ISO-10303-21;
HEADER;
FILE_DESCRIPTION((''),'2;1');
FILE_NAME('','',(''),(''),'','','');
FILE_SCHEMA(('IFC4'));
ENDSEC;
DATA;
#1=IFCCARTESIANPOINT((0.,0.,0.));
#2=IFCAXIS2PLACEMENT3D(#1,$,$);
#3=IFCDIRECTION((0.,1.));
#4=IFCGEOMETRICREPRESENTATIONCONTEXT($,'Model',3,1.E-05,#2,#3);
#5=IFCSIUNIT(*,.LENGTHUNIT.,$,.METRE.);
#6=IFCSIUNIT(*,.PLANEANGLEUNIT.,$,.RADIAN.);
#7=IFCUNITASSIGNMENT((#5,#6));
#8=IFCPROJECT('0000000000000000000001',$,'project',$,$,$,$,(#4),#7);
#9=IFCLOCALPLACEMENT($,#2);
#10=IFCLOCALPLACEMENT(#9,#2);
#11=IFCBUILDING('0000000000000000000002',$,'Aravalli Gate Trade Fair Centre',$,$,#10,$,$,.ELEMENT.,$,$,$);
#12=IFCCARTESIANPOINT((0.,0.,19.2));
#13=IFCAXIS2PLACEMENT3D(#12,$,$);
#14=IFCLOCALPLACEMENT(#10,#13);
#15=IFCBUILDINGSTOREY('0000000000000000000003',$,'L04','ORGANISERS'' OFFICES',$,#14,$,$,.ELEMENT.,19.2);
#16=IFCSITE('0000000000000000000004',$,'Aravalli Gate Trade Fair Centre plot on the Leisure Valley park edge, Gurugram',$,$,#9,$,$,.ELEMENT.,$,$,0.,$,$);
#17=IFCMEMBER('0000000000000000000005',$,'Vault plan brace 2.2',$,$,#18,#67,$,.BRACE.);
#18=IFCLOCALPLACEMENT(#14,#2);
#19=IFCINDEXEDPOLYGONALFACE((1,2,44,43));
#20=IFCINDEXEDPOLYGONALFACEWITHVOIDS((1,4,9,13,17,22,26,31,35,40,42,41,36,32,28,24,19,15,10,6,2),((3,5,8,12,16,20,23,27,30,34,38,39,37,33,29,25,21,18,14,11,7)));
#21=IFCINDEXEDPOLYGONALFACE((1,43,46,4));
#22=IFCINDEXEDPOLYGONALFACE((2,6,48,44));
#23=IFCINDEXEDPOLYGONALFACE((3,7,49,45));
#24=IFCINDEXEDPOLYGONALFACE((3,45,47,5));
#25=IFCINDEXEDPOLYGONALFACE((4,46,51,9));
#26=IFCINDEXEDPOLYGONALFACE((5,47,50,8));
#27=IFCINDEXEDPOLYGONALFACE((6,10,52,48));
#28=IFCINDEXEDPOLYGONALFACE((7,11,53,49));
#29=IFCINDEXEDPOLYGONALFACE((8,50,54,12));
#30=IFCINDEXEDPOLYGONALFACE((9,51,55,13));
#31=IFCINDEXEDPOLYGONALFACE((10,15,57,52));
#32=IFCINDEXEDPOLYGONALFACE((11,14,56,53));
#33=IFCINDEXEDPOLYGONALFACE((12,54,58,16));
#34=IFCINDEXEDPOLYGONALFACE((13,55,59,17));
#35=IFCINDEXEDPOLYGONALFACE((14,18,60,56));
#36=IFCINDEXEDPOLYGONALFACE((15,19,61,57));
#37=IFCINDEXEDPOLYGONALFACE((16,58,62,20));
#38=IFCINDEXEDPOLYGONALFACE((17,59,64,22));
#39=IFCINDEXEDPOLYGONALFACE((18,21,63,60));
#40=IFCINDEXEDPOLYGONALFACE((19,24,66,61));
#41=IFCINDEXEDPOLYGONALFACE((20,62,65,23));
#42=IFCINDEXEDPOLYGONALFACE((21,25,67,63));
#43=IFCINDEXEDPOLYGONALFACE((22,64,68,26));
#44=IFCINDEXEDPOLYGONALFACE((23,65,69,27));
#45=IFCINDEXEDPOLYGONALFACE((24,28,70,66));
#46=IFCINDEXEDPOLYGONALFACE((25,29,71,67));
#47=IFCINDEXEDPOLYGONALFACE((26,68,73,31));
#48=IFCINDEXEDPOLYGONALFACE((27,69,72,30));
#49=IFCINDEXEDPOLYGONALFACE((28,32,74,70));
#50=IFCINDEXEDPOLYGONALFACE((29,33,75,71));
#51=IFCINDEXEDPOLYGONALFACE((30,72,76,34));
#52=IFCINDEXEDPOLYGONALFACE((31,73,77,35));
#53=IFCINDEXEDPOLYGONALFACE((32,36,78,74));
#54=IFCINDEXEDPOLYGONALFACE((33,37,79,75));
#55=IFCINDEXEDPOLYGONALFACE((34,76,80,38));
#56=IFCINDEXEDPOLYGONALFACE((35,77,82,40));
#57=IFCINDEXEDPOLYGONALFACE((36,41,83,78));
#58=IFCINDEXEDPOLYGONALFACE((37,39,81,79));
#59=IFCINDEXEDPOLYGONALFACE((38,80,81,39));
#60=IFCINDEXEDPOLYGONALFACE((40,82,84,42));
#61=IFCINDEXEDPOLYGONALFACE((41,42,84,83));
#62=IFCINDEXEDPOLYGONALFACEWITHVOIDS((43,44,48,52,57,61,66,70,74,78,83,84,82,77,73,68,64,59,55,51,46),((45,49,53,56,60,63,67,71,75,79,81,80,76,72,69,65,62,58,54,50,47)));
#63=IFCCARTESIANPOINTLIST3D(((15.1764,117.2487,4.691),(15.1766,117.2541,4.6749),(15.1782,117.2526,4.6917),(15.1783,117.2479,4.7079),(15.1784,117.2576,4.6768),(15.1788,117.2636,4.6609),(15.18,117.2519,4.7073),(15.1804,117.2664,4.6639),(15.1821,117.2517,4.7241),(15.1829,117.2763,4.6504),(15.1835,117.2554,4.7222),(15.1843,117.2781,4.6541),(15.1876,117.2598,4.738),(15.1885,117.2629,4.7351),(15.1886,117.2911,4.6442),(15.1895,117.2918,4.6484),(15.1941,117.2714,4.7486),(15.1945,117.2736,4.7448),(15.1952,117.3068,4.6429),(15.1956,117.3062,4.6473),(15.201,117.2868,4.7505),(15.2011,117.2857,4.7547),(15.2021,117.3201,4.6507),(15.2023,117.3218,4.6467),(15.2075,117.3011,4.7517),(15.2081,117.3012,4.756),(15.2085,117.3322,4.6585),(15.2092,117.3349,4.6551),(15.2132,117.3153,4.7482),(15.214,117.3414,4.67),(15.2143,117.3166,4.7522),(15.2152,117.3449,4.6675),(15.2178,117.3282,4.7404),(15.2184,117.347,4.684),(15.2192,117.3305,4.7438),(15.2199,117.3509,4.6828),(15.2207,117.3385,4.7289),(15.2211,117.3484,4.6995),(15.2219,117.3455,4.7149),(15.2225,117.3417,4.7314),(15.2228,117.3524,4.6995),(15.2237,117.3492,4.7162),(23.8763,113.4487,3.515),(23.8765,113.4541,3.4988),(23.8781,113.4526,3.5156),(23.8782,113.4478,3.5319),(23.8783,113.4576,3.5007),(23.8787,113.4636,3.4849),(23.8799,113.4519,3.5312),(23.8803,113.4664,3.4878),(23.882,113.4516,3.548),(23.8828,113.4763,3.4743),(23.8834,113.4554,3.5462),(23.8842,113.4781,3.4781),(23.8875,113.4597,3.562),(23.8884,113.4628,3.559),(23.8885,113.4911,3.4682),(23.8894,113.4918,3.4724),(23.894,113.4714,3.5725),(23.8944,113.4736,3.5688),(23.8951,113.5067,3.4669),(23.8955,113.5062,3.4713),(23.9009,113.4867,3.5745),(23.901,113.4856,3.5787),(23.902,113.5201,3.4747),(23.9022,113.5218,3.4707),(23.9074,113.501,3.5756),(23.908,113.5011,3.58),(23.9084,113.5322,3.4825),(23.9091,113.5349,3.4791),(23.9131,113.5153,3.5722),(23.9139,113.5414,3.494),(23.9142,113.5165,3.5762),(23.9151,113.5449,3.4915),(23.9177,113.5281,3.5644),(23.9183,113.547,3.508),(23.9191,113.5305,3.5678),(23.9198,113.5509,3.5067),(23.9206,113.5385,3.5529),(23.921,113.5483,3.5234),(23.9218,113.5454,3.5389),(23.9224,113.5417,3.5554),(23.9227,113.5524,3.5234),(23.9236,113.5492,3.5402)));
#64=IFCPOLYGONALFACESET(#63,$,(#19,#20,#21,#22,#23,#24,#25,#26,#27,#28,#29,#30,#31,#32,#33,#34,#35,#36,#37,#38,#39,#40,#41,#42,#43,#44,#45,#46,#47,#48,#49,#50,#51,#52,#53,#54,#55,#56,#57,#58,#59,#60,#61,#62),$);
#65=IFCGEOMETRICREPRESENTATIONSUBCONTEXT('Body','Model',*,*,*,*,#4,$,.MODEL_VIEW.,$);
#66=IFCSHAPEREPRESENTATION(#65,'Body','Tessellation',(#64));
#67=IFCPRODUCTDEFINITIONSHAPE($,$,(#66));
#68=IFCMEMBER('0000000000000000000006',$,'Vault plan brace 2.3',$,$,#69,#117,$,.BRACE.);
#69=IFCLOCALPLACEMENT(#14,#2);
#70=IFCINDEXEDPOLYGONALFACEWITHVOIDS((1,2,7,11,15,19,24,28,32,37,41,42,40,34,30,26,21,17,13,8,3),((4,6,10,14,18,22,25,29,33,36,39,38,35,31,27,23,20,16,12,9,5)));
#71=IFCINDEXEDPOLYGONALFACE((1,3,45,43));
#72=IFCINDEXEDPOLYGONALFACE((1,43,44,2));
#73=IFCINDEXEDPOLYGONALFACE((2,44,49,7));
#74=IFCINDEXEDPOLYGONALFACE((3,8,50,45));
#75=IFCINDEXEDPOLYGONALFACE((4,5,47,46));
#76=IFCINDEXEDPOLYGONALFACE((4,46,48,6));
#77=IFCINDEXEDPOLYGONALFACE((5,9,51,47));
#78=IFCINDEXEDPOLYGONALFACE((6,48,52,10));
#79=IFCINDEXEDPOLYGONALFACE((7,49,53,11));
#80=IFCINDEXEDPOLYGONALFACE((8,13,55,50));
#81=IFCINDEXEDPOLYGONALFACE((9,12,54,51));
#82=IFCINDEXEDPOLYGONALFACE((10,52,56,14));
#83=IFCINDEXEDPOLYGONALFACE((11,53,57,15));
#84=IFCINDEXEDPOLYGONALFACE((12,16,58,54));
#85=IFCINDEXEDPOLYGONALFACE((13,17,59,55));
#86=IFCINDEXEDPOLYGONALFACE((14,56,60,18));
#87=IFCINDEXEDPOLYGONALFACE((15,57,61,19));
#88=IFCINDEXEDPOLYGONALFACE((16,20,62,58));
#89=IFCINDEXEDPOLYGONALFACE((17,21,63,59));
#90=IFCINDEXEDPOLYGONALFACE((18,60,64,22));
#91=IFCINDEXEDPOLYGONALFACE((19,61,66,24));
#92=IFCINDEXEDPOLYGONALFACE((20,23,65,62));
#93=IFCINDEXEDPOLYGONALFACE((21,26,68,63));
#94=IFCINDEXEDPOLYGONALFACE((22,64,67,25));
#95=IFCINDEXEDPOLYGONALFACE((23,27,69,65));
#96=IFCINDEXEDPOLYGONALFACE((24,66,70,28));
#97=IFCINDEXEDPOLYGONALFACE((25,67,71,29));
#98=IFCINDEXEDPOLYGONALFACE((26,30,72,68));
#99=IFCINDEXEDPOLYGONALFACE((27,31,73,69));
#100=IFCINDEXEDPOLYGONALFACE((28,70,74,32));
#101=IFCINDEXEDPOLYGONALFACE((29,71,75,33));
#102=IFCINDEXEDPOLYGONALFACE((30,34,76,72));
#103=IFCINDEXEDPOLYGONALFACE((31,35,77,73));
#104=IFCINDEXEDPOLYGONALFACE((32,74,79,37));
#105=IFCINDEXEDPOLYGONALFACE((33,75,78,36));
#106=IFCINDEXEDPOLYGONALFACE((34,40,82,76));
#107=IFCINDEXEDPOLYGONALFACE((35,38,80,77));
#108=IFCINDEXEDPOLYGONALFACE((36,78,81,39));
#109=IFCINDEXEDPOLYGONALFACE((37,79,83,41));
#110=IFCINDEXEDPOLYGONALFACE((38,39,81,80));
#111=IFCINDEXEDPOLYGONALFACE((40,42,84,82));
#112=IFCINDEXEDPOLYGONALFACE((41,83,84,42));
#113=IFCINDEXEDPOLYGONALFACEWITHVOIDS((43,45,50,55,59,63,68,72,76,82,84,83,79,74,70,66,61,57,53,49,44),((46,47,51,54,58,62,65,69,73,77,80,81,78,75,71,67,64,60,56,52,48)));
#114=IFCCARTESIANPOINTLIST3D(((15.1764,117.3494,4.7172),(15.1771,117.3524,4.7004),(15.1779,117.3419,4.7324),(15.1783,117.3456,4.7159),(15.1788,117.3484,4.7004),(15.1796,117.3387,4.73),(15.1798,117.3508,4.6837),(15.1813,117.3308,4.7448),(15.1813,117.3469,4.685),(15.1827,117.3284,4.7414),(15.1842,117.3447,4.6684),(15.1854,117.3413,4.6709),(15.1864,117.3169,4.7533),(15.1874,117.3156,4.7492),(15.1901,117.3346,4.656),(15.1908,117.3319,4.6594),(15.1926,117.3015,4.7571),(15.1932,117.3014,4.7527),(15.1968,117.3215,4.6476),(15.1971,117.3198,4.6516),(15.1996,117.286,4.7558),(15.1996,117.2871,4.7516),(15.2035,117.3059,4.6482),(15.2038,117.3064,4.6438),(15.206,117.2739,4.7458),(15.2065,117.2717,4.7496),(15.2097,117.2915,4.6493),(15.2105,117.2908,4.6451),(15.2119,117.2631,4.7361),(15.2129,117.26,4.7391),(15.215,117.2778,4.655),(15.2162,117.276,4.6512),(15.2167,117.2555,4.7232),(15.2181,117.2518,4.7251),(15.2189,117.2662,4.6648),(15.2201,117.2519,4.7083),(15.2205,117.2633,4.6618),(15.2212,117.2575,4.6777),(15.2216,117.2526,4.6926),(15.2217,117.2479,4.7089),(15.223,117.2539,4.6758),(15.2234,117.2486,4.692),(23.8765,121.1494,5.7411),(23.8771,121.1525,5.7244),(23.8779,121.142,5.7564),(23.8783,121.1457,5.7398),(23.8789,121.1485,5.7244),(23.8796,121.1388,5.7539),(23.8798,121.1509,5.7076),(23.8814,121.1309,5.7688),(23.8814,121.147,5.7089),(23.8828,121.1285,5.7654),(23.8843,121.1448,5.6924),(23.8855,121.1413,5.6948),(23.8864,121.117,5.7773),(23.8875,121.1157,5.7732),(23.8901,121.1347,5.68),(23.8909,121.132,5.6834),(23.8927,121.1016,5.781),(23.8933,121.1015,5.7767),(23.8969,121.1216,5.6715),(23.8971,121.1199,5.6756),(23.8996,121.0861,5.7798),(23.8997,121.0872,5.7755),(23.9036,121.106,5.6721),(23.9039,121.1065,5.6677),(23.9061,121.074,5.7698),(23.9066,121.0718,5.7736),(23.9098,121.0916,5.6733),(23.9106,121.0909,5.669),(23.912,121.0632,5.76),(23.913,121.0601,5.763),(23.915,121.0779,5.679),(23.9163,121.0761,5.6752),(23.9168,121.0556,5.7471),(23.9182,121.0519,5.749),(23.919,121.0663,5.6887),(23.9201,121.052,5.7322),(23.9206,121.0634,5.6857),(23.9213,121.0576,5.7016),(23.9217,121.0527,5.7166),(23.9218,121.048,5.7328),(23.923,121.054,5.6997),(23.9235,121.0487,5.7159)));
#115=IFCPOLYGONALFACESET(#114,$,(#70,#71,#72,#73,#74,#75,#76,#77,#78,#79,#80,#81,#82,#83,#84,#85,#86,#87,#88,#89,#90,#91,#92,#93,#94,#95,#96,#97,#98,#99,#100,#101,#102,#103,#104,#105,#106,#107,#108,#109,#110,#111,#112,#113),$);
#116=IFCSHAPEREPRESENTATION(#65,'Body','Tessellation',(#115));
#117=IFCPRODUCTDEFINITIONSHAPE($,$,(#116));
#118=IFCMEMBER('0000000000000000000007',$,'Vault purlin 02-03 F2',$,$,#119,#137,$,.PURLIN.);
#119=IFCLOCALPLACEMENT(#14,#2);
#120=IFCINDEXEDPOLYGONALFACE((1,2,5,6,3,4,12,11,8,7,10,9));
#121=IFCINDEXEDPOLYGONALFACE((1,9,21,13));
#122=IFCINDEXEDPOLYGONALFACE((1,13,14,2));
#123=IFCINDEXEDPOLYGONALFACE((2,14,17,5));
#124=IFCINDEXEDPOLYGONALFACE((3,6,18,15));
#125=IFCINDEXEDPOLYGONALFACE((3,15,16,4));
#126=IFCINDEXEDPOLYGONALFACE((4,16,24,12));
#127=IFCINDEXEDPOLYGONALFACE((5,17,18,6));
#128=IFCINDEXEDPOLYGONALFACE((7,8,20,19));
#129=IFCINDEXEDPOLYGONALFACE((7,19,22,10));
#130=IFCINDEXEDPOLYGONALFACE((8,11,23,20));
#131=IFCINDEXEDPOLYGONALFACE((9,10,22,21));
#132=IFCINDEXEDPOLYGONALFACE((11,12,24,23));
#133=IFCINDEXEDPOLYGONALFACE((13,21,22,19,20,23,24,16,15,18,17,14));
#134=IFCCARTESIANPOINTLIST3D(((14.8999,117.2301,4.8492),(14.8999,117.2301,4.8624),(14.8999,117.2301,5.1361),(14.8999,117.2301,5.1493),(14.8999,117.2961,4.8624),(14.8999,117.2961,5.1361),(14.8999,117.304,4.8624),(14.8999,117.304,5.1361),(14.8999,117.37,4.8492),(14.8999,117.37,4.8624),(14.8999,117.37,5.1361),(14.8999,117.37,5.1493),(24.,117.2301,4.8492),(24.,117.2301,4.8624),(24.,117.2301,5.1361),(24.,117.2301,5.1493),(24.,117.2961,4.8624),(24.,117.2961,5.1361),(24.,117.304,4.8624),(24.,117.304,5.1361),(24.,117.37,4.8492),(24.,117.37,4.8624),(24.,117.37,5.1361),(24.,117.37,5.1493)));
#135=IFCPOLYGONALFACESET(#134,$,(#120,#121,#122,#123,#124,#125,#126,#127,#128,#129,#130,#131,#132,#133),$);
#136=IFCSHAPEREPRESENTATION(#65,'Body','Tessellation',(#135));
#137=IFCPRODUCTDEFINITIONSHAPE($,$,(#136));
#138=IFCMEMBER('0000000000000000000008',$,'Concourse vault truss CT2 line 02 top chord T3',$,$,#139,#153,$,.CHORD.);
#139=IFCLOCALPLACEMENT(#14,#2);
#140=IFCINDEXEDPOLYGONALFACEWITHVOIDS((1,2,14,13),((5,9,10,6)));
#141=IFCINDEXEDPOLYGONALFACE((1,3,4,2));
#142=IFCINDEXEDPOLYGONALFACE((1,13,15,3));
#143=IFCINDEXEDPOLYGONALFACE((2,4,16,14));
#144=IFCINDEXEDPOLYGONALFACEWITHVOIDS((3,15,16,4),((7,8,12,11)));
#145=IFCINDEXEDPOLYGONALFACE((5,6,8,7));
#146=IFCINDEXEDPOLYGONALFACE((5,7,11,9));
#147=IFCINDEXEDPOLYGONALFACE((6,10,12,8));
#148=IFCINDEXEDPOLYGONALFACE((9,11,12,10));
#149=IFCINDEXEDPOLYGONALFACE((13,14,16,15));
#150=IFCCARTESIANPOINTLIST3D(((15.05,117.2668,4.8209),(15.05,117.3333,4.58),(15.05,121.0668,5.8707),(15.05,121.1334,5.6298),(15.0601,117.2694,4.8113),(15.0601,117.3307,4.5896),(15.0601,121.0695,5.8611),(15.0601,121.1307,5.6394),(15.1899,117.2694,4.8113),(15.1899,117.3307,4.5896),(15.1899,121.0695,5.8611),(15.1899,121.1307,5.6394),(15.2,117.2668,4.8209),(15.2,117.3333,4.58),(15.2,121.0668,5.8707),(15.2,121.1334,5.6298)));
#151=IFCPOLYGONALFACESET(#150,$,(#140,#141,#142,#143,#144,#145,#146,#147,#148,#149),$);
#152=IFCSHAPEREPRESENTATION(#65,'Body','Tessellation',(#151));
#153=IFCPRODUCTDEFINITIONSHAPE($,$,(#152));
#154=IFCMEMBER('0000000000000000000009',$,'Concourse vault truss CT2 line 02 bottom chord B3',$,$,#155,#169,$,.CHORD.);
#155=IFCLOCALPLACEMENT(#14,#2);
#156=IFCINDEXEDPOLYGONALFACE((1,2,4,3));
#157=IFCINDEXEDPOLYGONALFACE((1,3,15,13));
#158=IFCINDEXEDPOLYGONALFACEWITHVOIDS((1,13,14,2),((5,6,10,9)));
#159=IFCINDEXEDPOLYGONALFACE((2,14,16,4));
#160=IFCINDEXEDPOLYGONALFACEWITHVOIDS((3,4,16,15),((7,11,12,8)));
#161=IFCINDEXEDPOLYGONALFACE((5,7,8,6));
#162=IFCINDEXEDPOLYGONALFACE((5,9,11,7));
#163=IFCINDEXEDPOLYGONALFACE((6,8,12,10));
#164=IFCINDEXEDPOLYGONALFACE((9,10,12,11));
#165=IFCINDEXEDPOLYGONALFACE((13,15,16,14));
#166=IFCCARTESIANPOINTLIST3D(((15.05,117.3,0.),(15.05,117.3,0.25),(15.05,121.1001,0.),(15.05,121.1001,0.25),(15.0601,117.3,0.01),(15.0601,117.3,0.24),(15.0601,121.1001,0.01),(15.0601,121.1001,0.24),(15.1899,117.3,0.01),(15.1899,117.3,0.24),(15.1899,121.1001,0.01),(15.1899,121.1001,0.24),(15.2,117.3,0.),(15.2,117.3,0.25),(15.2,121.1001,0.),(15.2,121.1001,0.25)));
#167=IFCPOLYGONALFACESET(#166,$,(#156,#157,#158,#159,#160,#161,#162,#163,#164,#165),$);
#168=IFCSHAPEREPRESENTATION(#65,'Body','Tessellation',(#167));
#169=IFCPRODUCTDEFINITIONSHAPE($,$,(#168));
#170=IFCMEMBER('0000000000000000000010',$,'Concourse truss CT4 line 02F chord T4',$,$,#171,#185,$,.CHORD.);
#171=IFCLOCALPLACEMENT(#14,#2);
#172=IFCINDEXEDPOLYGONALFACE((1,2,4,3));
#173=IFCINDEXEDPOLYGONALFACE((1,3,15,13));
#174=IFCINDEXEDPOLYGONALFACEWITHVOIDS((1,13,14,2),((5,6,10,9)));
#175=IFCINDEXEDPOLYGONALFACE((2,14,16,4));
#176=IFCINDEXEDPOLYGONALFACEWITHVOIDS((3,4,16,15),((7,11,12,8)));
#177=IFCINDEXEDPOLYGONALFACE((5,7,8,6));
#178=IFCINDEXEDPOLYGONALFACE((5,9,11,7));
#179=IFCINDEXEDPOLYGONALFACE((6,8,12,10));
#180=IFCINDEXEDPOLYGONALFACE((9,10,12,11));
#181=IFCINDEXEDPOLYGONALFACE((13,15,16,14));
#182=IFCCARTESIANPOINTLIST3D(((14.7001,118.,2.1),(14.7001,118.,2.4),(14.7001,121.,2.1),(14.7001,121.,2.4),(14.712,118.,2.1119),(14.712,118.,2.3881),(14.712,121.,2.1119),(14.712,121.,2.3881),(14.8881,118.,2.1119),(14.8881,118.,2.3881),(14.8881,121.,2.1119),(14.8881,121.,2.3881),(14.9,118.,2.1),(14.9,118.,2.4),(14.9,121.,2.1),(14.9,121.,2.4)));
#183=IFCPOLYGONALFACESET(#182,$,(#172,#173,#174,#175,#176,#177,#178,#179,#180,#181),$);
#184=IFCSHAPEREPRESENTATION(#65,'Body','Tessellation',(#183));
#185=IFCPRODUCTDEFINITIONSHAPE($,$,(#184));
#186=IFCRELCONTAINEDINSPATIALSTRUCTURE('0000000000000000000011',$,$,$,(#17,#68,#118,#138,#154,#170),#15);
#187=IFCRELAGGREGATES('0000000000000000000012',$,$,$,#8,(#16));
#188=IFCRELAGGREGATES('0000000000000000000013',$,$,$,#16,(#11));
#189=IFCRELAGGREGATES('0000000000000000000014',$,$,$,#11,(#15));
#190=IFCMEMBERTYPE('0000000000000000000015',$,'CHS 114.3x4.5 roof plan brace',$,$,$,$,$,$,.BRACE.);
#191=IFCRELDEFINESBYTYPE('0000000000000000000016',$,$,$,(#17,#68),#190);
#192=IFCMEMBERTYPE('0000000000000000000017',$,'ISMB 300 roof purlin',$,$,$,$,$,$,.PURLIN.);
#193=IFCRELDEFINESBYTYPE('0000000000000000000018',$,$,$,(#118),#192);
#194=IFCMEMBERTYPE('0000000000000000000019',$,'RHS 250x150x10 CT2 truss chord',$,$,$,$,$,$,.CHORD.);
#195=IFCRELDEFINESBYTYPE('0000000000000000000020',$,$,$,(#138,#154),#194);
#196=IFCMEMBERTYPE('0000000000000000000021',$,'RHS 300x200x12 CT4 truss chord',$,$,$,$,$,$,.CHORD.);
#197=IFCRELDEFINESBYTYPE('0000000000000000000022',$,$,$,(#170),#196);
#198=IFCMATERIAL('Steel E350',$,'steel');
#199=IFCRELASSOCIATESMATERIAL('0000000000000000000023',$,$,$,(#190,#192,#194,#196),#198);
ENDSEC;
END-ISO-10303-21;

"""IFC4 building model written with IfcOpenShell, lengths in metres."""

from ifc_helpers import new_model, si_unit, direction, frame, origin, origin_2d, place, context, subcontext, project, spatial, hollow_rectangle, hollow_circle, i_section, extrude, material, material_profile, profile_set, type_object, element, save


model = new_model("IFC4")

# Units and contexts
model_context = context("Model", 3, precision=1e-05, world=origin(), true_north=direction((0.0, 1.0)))
body_context = subcontext(model_context, "Body", "Model", "MODEL_VIEW")
ifc_project = project(units=[si_unit("LENGTHUNIT", "METRE"), si_unit("PLANEANGLEUNIT", "RADIAN")], contexts=[model_context])

# Site, building, storey
site_placement = place(None, origin())
site = spatial("IfcSite", under=ifc_project, at=site_placement, Name="Aravalli Gate Trade Fair Centre plot on the Leisure Valley park edge, Gurugram", CompositionType="ELEMENT", RefElevation=0.0)
building_placement = place(site_placement, origin())
building = spatial("IfcBuilding", under=site, at=building_placement, Name="Aravalli Gate Trade Fair Centre", CompositionType="ELEMENT")
storey_placement = place(building_placement, frame((0.0, 0.0, 19.2)))
storey = spatial("IfcBuildingStorey", under=building, at=storey_placement, Name="L04", Description="ORGANISERS' OFFICES", CompositionType="ELEMENT", Elevation=19.2)

# Members
ifc_material_1 = material(Name="Steel E350", Category="steel")
ifc_material_profile_1 = material_profile(ifc_material_1, hollow_circle(Radius=0.0571, WallThickness=0.0044, at=origin_2d()), Name="CHS 114.3x4.5")
ifc_profile_set_1 = profile_set([ifc_material_profile_1], Name="Steel E350")
member_type_1 = type_object("IfcMemberType", Name="CHS 114.3x4.5 roof plan brace", PredefinedType="BRACE", material=ifc_profile_set_1)
member_1_placement = place(storey_placement, frame((15.2, 117.3, 4.6995), z_axis=(0.909445, -0.397236, -0.122935), x_axis=(0.400272, 0.916396, 0.0)))
element("IfcMember", 1, at=member_1_placement, inside=storey, type_object=member_type_1, Name="Vault plan brace 2.2", PredefinedType="BRACE", context=body_context, shape_type="SweptSolid", body=[
    extrude(hollow_circle(Radius=0.0571, WallThickness=0.0044, at=origin_2d()), origin(), (0.0, 0.0, 1.0), 9.5662),
])
member_2_placement = place(storey_placement, frame((15.2, 117.3, 4.7004), z_axis=(0.911112, 0.397964, 0.107232), x_axis=(-0.400272, 0.916396, 0.0)))
element("IfcMember", 2, at=member_2_placement, inside=storey, type_object=member_type_1, Name="Vault plan brace 2.3", PredefinedType="BRACE", context=body_context, shape_type="SweptSolid", body=[
    extrude(hollow_circle(Radius=0.0571, WallThickness=0.0044, at=origin_2d()), origin(), (0.0, 0.0, 1.0), 9.5488),
])
ifc_material_profile_2 = material_profile(ifc_material_1, i_section(OverallWidth=0.1399, OverallDepth=0.3, WebThickness=0.0078, FlangeThickness=0.0132, at=origin_2d()), Name="ISMB 300")
ifc_profile_set_2 = profile_set([ifc_material_profile_2], Name="Steel E350")
member_type_2 = type_object("IfcMemberType", Name="ISMB 300 roof purlin", PredefinedType="PURLIN", material=ifc_profile_set_2)
member_3_placement = place(storey_placement, frame((14.8999, 117.3, 4.9993), z_axis=(1.0, 0.0, 0.0), x_axis=(0.0, 1.0, 0.0)))
element("IfcMember", 3, at=member_3_placement, inside=storey, type_object=member_type_2, Name="Vault purlin 02-03 F2", PredefinedType="PURLIN", context=body_context, shape_type="SweptSolid", body=[
    extrude(i_section(OverallWidth=0.1399, OverallDepth=0.3, WebThickness=0.0078, FlangeThickness=0.0132, at=origin_2d()), origin(), (0.0, 0.0, 1.0), 9.1001),
])
ifc_material_profile_3 = material_profile(ifc_material_1, hollow_rectangle(XDim=0.1499, YDim=0.25, WallThickness=0.01, at=origin_2d()), Name="RHS 250x150x10")
ifc_profile_set_3 = profile_set([ifc_material_profile_3], Name="Steel E350")
member_type_3 = type_object("IfcMemberType", Name="RHS 250x150x10 CT2 truss chord", PredefinedType="CHORD", material=ifc_profile_set_3)
member_4_placement = place(storey_placement, frame((15.125, 117.3, 4.7004), z_axis=(0.0, 0.963894, 0.266286), x_axis=(-1.0, 0.0, 0.0)))
element("IfcMember", 4, at=member_4_placement, inside=storey, type_object=member_type_3, Name="Concourse vault truss CT2 line 02 top chord T3", PredefinedType="CHORD", context=body_context, shape_type="SweptSolid", body=[
    extrude(hollow_rectangle(XDim=0.1499, YDim=0.25, WallThickness=0.01, at=origin_2d()), origin(), (0.0, 0.0, 1.0), 3.9424),
])
member_5_placement = place(storey_placement, frame((15.125, 117.3, 0.125), z_axis=(0.0, 1.0, 0.0), x_axis=(-1.0, 0.0, 0.0)))
element("IfcMember", 5, at=member_5_placement, inside=storey, type_object=member_type_3, Name="Concourse vault truss CT2 line 02 bottom chord B3", PredefinedType="CHORD", context=body_context, shape_type="SweptSolid", body=[
    extrude(hollow_rectangle(XDim=0.1499, YDim=0.25, WallThickness=0.01, at=origin_2d()), origin(), (0.0, 0.0, 1.0), 3.8),
])
ifc_material_profile_4 = material_profile(ifc_material_1, hollow_rectangle(XDim=0.2, YDim=0.3, WallThickness=0.012, at=origin_2d()), Name="RHS 300x200x12")
ifc_profile_set_4 = profile_set([ifc_material_profile_4], Name="Steel E350")
member_type_4 = type_object("IfcMemberType", Name="RHS 300x200x12 CT4 truss chord", PredefinedType="CHORD", material=ifc_profile_set_4)
for number, where, z_axis, x_axis, name in (
    (6, (14.8, 118.0, 2.25), (0.0, 1.0, 0.0), (-1.0, 0.0, 0.0), "Concourse truss CT4 line 02F chord T4"),
):
    element("IfcMember", number, at=place(storey_placement, frame(where, z_axis=z_axis, x_axis=x_axis)), inside=storey, type_object=member_type_4, Name=name, PredefinedType="CHORD", context=body_context, shape_type="SweptSolid", body=[
        extrude(hollow_rectangle(XDim=0.2, YDim=0.3, WallThickness=0.012, at=origin_2d()), origin(), (0.0, 0.0, 1.0), 3.0),
    ])

save(model, "model.ifc")
